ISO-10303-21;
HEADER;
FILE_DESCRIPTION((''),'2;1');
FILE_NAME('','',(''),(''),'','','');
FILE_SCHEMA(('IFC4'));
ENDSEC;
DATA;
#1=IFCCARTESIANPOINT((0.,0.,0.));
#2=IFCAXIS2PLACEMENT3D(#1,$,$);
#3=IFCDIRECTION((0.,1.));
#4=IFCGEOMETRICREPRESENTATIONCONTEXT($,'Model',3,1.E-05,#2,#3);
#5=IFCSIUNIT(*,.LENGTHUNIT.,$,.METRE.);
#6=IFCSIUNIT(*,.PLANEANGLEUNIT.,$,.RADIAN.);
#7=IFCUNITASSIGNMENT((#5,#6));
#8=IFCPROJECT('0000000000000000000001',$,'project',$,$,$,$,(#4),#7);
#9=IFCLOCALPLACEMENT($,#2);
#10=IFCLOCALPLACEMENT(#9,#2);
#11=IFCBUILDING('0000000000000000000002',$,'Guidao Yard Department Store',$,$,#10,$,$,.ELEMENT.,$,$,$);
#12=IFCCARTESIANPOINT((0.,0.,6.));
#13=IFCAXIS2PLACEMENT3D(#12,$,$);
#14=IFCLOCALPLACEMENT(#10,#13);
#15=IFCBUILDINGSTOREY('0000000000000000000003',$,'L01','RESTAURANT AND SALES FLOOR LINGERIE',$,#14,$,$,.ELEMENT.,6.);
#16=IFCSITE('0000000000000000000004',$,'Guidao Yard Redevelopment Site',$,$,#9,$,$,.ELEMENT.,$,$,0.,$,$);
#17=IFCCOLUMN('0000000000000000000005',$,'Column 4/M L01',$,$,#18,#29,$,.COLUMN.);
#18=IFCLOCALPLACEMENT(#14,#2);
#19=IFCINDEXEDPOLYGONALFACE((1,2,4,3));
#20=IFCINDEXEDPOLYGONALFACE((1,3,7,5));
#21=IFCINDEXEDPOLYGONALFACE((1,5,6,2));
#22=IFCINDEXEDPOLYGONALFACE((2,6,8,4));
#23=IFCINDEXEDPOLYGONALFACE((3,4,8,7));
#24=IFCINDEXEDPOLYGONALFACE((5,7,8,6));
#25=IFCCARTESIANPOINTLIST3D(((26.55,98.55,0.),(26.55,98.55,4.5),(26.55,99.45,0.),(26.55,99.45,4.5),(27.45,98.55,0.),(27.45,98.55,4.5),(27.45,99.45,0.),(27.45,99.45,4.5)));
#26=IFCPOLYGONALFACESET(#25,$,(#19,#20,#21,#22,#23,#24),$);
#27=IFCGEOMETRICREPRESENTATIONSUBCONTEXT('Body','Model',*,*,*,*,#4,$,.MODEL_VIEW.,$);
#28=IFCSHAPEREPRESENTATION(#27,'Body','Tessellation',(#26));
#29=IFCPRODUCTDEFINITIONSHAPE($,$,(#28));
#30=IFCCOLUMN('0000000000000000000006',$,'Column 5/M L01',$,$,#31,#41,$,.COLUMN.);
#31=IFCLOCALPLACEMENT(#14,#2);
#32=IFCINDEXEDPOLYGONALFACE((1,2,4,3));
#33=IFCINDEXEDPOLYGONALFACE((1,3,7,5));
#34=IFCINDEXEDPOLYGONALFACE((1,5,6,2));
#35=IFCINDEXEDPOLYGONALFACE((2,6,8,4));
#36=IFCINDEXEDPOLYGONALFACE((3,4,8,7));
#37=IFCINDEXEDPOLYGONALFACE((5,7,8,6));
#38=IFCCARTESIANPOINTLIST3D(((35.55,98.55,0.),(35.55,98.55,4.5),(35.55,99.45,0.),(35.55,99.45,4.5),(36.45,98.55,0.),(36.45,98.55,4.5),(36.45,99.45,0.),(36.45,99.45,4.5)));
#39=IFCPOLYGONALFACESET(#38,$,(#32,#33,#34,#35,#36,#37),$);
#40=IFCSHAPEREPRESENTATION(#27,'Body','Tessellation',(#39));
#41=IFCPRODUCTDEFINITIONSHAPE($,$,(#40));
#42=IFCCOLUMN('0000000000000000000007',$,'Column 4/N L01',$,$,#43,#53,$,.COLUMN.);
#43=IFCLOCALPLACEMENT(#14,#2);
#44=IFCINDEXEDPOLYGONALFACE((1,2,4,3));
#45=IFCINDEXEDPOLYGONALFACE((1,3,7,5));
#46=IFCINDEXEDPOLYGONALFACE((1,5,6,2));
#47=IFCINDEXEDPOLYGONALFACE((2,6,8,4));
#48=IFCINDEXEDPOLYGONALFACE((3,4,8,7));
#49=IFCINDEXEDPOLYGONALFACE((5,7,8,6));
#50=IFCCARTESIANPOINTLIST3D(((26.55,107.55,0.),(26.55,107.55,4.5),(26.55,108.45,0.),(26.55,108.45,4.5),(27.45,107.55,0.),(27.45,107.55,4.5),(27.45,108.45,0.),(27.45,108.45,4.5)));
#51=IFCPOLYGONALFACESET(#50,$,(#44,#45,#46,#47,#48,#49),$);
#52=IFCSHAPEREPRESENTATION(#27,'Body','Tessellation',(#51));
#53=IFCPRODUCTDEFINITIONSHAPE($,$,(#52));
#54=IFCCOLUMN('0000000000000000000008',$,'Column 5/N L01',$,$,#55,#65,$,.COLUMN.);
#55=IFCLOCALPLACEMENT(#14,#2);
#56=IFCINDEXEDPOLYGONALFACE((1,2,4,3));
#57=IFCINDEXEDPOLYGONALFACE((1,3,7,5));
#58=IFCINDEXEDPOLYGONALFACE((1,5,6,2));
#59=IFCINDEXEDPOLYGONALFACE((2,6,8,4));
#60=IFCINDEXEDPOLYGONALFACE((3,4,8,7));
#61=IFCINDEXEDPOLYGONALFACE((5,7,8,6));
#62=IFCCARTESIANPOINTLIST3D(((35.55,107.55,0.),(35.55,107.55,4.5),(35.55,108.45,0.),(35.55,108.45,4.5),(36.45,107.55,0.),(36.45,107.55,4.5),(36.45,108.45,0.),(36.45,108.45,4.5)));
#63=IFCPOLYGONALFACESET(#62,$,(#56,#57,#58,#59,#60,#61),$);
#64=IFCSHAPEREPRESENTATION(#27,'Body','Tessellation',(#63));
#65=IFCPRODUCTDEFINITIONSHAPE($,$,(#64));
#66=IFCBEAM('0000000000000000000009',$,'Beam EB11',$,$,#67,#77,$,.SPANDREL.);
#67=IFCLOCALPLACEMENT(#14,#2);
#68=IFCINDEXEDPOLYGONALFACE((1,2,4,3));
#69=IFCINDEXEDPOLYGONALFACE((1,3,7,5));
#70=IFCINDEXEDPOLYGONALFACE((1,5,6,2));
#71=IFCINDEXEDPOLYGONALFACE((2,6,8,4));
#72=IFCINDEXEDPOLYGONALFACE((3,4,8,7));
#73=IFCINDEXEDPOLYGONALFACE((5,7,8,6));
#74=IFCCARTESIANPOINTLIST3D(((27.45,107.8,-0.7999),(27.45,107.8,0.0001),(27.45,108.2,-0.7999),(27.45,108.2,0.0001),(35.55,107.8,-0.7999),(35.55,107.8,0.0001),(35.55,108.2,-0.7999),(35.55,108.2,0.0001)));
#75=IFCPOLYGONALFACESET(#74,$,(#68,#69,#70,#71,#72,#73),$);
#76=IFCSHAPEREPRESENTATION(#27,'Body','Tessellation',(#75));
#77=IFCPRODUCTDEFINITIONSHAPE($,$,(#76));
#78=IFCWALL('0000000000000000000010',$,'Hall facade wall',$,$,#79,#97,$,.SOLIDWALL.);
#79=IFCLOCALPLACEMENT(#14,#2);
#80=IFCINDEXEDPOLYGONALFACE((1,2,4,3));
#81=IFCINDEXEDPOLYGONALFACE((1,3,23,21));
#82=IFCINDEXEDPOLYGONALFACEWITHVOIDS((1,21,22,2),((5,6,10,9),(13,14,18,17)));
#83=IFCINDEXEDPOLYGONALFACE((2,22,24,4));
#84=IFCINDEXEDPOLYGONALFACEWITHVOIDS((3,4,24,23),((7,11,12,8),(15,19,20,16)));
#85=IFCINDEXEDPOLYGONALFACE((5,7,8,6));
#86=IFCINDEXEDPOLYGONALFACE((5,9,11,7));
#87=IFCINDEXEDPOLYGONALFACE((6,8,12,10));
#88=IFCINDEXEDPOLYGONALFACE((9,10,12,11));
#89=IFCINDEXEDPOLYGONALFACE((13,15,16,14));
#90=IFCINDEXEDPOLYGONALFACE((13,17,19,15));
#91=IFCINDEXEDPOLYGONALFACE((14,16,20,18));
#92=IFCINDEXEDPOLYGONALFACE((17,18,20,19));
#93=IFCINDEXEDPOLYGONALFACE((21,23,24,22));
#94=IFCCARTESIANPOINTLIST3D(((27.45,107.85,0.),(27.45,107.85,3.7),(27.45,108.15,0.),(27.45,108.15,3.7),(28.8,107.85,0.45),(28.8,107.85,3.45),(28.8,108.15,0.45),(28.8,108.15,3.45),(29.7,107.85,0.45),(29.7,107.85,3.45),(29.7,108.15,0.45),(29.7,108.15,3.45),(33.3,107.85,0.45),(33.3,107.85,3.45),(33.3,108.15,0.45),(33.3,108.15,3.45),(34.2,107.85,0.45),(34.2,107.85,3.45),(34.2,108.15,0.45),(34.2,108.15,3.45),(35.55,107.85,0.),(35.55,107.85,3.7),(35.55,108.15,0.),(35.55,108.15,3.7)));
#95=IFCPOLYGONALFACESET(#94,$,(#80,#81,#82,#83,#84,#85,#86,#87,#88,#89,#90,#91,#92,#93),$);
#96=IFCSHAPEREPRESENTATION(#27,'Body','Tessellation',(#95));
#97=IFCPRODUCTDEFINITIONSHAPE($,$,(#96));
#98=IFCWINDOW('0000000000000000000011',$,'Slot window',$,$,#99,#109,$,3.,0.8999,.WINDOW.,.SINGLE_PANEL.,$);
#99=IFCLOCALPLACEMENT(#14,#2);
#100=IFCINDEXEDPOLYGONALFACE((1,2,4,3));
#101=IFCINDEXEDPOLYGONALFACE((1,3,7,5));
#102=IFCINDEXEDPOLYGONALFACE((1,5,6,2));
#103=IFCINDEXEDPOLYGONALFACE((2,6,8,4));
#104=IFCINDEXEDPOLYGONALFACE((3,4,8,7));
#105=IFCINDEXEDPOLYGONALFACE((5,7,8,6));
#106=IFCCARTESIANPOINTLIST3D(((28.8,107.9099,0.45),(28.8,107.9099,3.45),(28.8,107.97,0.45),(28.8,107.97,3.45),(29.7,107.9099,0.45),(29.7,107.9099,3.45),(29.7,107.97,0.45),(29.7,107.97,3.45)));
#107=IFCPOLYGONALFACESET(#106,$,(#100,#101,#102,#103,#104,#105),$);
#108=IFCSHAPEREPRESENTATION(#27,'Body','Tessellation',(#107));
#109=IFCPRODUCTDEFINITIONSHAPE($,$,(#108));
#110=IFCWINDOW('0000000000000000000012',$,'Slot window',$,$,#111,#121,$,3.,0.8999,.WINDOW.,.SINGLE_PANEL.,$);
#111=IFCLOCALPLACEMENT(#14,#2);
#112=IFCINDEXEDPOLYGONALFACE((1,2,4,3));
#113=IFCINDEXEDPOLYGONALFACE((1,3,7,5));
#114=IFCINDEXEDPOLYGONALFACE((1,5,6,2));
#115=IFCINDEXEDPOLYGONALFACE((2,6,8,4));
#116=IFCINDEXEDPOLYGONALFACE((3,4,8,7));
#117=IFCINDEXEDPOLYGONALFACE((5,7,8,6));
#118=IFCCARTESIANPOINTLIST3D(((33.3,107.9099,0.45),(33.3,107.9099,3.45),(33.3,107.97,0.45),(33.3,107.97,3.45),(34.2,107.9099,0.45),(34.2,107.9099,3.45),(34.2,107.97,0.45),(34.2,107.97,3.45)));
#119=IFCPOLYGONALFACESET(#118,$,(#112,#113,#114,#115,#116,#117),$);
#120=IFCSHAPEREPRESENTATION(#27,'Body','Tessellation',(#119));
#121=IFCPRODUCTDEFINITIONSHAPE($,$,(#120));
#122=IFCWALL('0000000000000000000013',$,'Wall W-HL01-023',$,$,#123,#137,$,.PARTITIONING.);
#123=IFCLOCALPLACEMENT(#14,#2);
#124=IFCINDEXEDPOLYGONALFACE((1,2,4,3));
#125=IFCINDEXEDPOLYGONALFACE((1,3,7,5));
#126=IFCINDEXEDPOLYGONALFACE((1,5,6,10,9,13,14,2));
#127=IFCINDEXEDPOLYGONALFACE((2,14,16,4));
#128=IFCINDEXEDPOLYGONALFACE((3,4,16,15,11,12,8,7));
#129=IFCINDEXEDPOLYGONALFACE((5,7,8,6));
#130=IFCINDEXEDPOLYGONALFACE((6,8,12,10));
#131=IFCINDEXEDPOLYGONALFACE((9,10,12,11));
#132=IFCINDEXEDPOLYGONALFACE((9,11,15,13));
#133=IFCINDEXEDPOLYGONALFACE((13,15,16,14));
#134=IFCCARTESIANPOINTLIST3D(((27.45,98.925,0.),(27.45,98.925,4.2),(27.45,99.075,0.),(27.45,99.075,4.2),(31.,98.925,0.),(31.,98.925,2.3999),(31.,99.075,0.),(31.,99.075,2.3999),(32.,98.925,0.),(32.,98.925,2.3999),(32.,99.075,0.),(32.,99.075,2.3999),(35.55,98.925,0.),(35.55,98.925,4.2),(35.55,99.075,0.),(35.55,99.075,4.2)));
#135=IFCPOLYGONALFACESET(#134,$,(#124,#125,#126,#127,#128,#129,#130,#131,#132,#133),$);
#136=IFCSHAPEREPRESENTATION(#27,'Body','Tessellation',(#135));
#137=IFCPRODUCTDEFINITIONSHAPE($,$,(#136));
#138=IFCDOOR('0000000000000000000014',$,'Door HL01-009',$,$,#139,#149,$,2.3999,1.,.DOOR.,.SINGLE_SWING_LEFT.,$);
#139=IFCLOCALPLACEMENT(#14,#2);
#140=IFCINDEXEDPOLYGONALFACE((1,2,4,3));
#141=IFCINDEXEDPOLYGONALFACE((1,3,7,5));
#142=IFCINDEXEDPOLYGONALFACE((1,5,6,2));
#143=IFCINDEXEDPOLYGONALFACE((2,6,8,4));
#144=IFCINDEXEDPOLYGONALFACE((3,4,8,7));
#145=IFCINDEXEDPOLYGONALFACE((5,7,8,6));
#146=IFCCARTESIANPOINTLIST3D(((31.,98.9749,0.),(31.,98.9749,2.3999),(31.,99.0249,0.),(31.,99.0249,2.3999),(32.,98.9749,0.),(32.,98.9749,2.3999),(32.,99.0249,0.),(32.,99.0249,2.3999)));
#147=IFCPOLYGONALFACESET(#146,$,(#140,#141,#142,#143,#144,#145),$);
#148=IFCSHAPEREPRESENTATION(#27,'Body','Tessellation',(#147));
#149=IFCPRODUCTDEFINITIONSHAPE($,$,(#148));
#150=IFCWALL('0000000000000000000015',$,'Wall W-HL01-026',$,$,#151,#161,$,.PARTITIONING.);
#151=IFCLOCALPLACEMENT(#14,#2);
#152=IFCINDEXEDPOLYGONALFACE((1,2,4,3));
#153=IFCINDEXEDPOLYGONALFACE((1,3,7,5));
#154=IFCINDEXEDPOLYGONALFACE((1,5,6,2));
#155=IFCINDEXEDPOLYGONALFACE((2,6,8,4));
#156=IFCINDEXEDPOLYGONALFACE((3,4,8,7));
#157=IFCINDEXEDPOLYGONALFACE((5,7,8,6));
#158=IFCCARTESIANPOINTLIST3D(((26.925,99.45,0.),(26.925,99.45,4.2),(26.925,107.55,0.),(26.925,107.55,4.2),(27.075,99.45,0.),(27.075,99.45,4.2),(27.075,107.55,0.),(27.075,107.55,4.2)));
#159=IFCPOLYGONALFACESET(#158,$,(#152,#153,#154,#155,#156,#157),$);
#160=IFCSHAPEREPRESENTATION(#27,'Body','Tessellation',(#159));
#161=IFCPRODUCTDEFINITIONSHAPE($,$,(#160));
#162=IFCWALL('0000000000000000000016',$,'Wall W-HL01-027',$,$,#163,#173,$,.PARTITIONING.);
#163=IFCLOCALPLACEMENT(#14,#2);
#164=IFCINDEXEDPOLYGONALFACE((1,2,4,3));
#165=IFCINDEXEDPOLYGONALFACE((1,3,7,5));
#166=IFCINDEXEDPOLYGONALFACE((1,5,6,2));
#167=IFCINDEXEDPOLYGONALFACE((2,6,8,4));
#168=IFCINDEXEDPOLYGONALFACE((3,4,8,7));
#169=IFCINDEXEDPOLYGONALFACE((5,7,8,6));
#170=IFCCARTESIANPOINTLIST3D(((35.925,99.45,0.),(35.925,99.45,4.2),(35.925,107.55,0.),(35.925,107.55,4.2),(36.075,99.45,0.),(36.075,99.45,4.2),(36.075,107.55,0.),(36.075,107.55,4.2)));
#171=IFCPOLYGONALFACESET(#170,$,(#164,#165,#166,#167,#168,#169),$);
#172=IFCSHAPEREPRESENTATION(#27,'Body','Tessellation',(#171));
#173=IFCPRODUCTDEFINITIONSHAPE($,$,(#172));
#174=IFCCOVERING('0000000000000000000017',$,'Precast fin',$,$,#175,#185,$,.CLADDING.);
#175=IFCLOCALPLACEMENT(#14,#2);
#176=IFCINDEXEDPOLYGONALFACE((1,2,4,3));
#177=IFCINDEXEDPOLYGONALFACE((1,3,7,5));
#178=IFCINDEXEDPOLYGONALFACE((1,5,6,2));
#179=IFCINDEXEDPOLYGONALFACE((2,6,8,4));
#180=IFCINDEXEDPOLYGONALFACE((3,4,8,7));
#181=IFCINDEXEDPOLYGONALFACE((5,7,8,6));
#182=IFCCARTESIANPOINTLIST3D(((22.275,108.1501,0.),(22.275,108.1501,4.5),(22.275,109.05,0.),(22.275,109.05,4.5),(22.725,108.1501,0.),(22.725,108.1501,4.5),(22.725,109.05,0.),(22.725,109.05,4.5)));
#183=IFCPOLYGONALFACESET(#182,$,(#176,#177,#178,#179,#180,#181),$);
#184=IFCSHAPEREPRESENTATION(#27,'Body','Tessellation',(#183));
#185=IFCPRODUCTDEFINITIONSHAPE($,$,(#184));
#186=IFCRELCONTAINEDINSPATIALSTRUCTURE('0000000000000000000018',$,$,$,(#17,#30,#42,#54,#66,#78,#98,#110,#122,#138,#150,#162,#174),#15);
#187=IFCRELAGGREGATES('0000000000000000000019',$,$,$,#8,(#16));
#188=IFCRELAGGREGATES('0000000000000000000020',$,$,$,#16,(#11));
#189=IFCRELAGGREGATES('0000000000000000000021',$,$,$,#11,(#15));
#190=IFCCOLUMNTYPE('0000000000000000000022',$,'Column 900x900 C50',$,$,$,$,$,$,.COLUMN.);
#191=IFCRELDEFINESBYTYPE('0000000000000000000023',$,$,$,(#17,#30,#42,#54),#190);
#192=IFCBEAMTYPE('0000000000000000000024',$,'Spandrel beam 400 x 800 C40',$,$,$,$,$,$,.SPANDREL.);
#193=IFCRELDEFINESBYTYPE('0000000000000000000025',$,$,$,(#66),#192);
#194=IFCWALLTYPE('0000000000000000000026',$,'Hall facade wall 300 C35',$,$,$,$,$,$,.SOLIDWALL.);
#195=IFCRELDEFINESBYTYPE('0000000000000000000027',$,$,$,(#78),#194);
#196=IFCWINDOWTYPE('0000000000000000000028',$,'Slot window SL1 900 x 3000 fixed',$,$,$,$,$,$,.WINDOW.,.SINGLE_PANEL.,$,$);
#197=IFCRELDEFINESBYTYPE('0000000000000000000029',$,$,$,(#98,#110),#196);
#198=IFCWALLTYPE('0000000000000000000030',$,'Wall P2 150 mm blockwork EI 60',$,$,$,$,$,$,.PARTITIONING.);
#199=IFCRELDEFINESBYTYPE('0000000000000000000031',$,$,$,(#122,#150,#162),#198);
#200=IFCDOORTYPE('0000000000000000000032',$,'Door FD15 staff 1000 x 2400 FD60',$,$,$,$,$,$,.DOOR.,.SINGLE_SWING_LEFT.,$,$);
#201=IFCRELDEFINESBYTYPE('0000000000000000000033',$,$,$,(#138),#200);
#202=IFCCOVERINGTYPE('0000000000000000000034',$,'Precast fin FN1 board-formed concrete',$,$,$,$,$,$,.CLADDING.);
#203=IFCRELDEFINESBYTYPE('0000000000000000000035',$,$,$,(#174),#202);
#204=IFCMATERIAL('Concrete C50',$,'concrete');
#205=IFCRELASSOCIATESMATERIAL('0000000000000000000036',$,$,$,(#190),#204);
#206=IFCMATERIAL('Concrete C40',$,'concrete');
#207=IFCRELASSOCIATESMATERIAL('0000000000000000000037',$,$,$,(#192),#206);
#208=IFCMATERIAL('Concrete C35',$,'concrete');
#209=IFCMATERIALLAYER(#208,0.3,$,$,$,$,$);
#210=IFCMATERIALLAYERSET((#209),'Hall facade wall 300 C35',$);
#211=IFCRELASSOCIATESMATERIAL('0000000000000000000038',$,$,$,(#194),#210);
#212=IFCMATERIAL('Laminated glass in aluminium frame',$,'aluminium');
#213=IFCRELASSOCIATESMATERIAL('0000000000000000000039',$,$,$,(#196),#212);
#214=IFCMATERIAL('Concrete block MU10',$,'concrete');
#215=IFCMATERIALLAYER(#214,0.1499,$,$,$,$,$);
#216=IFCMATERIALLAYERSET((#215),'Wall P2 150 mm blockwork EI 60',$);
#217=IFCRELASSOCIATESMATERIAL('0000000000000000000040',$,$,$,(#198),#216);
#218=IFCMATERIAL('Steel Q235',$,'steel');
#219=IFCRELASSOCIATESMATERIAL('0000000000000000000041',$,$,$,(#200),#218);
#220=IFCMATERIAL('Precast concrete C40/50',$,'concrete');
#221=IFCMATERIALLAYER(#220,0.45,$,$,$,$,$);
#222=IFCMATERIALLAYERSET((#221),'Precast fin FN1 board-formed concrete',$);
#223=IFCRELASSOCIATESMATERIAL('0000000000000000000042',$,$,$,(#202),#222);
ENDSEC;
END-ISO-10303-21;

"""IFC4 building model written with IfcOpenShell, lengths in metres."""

from ifc_helpers import new_model, si_unit, direction, frame, frame_2d, origin, origin_2d, place, context, subcontext, project, spatial, rectangle, extrude, material, layer, layer_set, material_profile, profile_set, type_object, element, fill, save


model = new_model("IFC4")

# Units and contexts
model_context = context("Model", 3, precision=1e-05, world=origin(), true_north=direction((0.0, 1.0)))
body_context = subcontext(model_context, "Body", "Model", "MODEL_VIEW")
ifc_project = project(units=[si_unit("LENGTHUNIT", "METRE"), si_unit("PLANEANGLEUNIT", "RADIAN")], contexts=[model_context])

# Site, building, storey
site_placement = place(None, origin())
site = spatial("IfcSite", under=ifc_project, at=site_placement, Name="Guidao Yard Redevelopment Site", CompositionType="ELEMENT", RefElevation=0.0)
building_placement = place(site_placement, origin())
building = spatial("IfcBuilding", under=site, at=building_placement, Name="Guidao Yard Department Store", CompositionType="ELEMENT")
storey_placement = place(building_placement, frame((0.0, 0.0, 6.0)))
storey = spatial("IfcBuildingStorey", under=building, at=storey_placement, Name="L01", Description="RESTAURANT AND SALES FLOOR LINGERIE", CompositionType="ELEMENT", Elevation=6.0)

# Columns
ifc_material_1 = material(Name="Concrete C50", Category="concrete")
ifc_material_profile_1 = material_profile(ifc_material_1, rectangle(XDim=0.8999, YDim=0.8999, at=origin_2d()), Name="COL 900x900")
ifc_profile_set_1 = profile_set([ifc_material_profile_1], Name="Concrete C50")
column_type = type_object("IfcColumnType", Name="Column 900x900 C50", PredefinedType="COLUMN", material=ifc_profile_set_1)
for number, where, z_axis, x_axis, name in (
    (1, (27.0, 99.0, 0.0), (0.0, 0.0, 1.0), (1.0, 0.0, 0.0), "Column 4/M L01"),
    (2, (36.0, 99.0, 0.0), (0.0, 0.0, 1.0), (1.0, 0.0, 0.0), "Column 5/M L01"),
    (3, (27.0, 108.0, 0.0), (0.0, 0.0, 1.0), (1.0, 0.0, 0.0), "Column 4/N L01"),
    (4, (36.0, 108.0, 0.0), (0.0, 0.0, 1.0), (1.0, 0.0, 0.0), "Column 5/N L01"),
):
    element("IfcColumn", number, at=place(storey_placement, frame(where, z_axis=z_axis, x_axis=x_axis)), inside=storey, type_object=column_type, Name=name, PredefinedType="COLUMN", context=body_context, shape_type="SweptSolid", body=[
        extrude(rectangle(XDim=0.8999, YDim=0.8999, at=origin_2d()), origin(), (0.0, 0.0, 1.0), 4.5),
    ])

# Beam
ifc_material_2 = material(Name="Concrete C40", Category="concrete")
ifc_material_profile_2 = material_profile(ifc_material_2, rectangle(XDim=0.3999, YDim=0.8, at=origin_2d()), Name="Spandrel beam 400 x 800 C40")
ifc_profile_set_2 = profile_set([ifc_material_profile_2], Name="Concrete C40")
beam_type = type_object("IfcBeamType", Name="Spandrel beam 400 x 800 C40", PredefinedType="SPANDREL", material=ifc_profile_set_2)
beam_placement = place(storey_placement, frame((27.45, 108.0, -0.3999), z_axis=(1.0, 0.0, 0.0), x_axis=(0.0, 1.0, 0.0)))
element("IfcBeam", 5, at=beam_placement, inside=storey, type_object=beam_type, Name="Beam EB11", PredefinedType="SPANDREL", context=body_context, shape_type="SweptSolid", body=[
    extrude(rectangle(XDim=0.3999, YDim=0.8, at=origin_2d()), origin(), (0.0, 0.0, 1.0), 8.1001),
])

# Wall, openings, windows
ifc_material_3 = material(Name="Concrete C35", Category="concrete")
ifc_layer_1 = layer(ifc_material_3, 0.3)
ifc_layer_set_1 = layer_set([ifc_layer_1], Name="Hall facade wall 300 C35")
wall_type_1 = type_object("IfcWallType", Name="Hall facade wall 300 C35", PredefinedType="SOLIDWALL", material=ifc_layer_set_1)
wall_1_placement = place(storey_placement, frame((27.45, 108.0, 0.0), z_axis=(0.0, 0.0, 1.0), x_axis=(1.0, 0.0, 0.0)))
wall_1 = element("IfcWall", 6, at=wall_1_placement, inside=storey, type_object=wall_type_1, Name="Hall facade wall", PredefinedType="SOLIDWALL", context=body_context, shape_type="SweptSolid", body=[
    extrude(rectangle(XDim=8.1001, YDim=0.3, at=frame_2d((4.05, 0.0))), origin(), (0.0, 0.0, 1.0), 3.7),
])
opening_1_placement = place(wall_1_placement, frame((1.3501, 0.0, 0.45)))
opening_1 = element("IfcOpeningElement", 7, at=opening_1_placement, cuts=wall_1, PredefinedType="OPENING", context=body_context, shape_type="SweptSolid", body=[
    extrude(rectangle(XDim=0.8999, YDim=3.0, at=frame_2d((0.45, 1.5))), frame((0.0, 0.1599, 0.0), z_axis=(0.0, -1.0, 0.0), x_axis=(1.0, 0.0, 0.0)), (0.0, 0.0, 1.0), 0.3201),
])
opening_2_placement = place(wall_1_placement, frame((5.8501, 0.0, 0.45)))
opening_2 = element("IfcOpeningElement", 8, at=opening_2_placement, cuts=wall_1, PredefinedType="OPENING", context=body_context, shape_type="SweptSolid", body=[
    extrude(rectangle(XDim=0.8999, YDim=3.0, at=frame_2d((0.45, 1.5))), frame((0.0, 0.1599, 0.0), z_axis=(0.0, -1.0, 0.0), x_axis=(1.0, 0.0, 0.0)), (0.0, 0.0, 1.0), 0.3201),
])
ifc_material_4 = material(Name="Laminated glass in aluminium frame", Category="aluminium")
window_type = type_object("IfcWindowType", Name="Slot window SL1 900 x 3000 fixed", PartitioningType="SINGLE_PANEL", PredefinedType="WINDOW", material=ifc_material_4)
window_1_placement = place(opening_1_placement, origin())
window_1 = element("IfcWindow", 9, at=window_1_placement, inside=storey, type_object=window_type, Name="Slot window", OverallHeight=3.0, OverallWidth=0.8999, PartitioningType="SINGLE_PANEL", PredefinedType="WINDOW", context=body_context, shape_type="SweptSolid", body=[
    extrude(rectangle(XDim=0.8999, YDim=3.0, at=frame_2d((0.45, 1.5))), frame((0.0, -0.03, 0.0), z_axis=(0.0, -1.0, 0.0), x_axis=(1.0, 0.0, 0.0)), (0.0, 0.0, 1.0), 0.0601),
])
fill(opening_1, window_1)
window_2_placement = place(opening_2_placement, origin())
window_2 = element("IfcWindow", 10, at=window_2_placement, inside=storey, type_object=window_type, Name="Slot window", OverallHeight=3.0, OverallWidth=0.8999, PartitioningType="SINGLE_PANEL", PredefinedType="WINDOW", context=body_context, shape_type="SweptSolid", body=[
    extrude(rectangle(XDim=0.8999, YDim=3.0, at=frame_2d((0.45, 1.5))), frame((0.0, -0.03, 0.0), z_axis=(0.0, -1.0, 0.0), x_axis=(1.0, 0.0, 0.0)), (0.0, 0.0, 1.0), 0.0601),
])
fill(opening_2, window_2)

# Wall, opening, door
ifc_material_5 = material(Name="Concrete block MU10", Category="concrete")
ifc_layer_2 = layer(ifc_material_5, 0.1499)
ifc_layer_set_2 = layer_set([ifc_layer_2], Name="Wall P2 150 mm blockwork EI 60")
wall_type_2 = type_object("IfcWallType", Name="Wall P2 150 mm blockwork EI 60", PredefinedType="PARTITIONING", material=ifc_layer_set_2)
wall_2_placement = place(storey_placement, frame((27.45, 99.0, 0.0), z_axis=(0.0, 0.0, 1.0), x_axis=(1.0, 0.0, 0.0)))
wall_2 = element("IfcWall", 11, at=wall_2_placement, inside=storey, type_object=wall_type_2, Name="Wall W-HL01-023", PredefinedType="PARTITIONING", context=body_context, shape_type="SweptSolid", body=[
    extrude(rectangle(XDim=8.1001, YDim=0.1499, at=frame_2d((4.05, 0.0))), origin(), (0.0, 0.0, 1.0), 4.2),
])
opening_3_placement = place(wall_2_placement, frame((3.55, 0.0, 0.0)))
opening_3 = element("IfcOpeningElement", 12, at=opening_3_placement, cuts=wall_2, PredefinedType="OPENING", context=body_context, shape_type="SweptSolid", body=[
    extrude(rectangle(XDim=1.0, YDim=2.3999, at=frame_2d((0.5, 1.2))), frame((0.0, 0.085, 0.0), z_axis=(0.0, -1.0, 0.0), x_axis=(1.0, 0.0, 0.0)), (0.0, 0.0, 1.0), 0.1699),
])
ifc_material_6 = material(Name="Steel Q235", Category="steel")
door_type = type_object("IfcDoorType", Name="Door FD15 staff 1000 x 2400 FD60", OperationType="SINGLE_SWING_LEFT", PredefinedType="DOOR", material=ifc_material_6)
door_placement = place(opening_3_placement, origin())
door = element("IfcDoor", 13, at=door_placement, inside=storey, type_object=door_type, Name="Door HL01-009", OperationType="SINGLE_SWING_LEFT", OverallHeight=2.3999, OverallWidth=1.0, PredefinedType="DOOR", context=body_context, shape_type="SweptSolid", body=[
    extrude(rectangle(XDim=1.0, YDim=2.3999, at=frame_2d((0.5, 1.2))), frame((0.0, 0.0249, 0.0), z_axis=(0.0, -1.0, 0.0), x_axis=(1.0, 0.0, 0.0)), (0.0, 0.0, 1.0), 0.05),
])
fill(opening_3, door)

# Walls
for number, where, z_axis, x_axis, name in (
    (14, (27.0, 99.45, 0.0), (0.0, 0.0, 1.0), (0.0, 1.0, 0.0), "Wall W-HL01-026"),
    (15, (36.0, 99.45, 0.0), (0.0, 0.0, 1.0), (0.0, 1.0, 0.0), "Wall W-HL01-027"),
):
    element("IfcWall", number, at=place(storey_placement, frame(where, z_axis=z_axis, x_axis=x_axis)), inside=storey, type_object=wall_type_2, Name=name, PredefinedType="PARTITIONING", context=body_context, shape_type="SweptSolid", body=[
        extrude(rectangle(XDim=8.1001, YDim=0.1499, at=frame_2d((4.05, 0.0))), origin(), (0.0, 0.0, 1.0), 4.2),
    ])

# Covering
ifc_material_7 = material(Name="Precast concrete C40/50", Category="concrete")
ifc_layer_3 = layer(ifc_material_7, 0.45)
ifc_layer_set_3 = layer_set([ifc_layer_3], Name="Precast fin FN1 board-formed concrete")
covering_type = type_object("IfcCoveringType", Name="Precast fin FN1 board-formed concrete", PredefinedType="CLADDING", material=ifc_layer_set_3)
covering_1_placement = place(storey_placement, frame((22.5, 108.6001, 0.0), z_axis=(0.0, 0.0, 1.0), x_axis=(1.0, 0.0, 0.0)))
element("IfcCovering", 16, at=covering_1_placement, inside=storey, type_object=covering_type, Name="Precast fin", PredefinedType="CLADDING", context=body_context, shape_type="SweptSolid", body=[
    extrude(rectangle(XDim=0.45, YDim=0.8999, at=origin_2d()), origin(), (0.0, 0.0, 1.0), 4.5),
])

save(model, "model.ifc")
